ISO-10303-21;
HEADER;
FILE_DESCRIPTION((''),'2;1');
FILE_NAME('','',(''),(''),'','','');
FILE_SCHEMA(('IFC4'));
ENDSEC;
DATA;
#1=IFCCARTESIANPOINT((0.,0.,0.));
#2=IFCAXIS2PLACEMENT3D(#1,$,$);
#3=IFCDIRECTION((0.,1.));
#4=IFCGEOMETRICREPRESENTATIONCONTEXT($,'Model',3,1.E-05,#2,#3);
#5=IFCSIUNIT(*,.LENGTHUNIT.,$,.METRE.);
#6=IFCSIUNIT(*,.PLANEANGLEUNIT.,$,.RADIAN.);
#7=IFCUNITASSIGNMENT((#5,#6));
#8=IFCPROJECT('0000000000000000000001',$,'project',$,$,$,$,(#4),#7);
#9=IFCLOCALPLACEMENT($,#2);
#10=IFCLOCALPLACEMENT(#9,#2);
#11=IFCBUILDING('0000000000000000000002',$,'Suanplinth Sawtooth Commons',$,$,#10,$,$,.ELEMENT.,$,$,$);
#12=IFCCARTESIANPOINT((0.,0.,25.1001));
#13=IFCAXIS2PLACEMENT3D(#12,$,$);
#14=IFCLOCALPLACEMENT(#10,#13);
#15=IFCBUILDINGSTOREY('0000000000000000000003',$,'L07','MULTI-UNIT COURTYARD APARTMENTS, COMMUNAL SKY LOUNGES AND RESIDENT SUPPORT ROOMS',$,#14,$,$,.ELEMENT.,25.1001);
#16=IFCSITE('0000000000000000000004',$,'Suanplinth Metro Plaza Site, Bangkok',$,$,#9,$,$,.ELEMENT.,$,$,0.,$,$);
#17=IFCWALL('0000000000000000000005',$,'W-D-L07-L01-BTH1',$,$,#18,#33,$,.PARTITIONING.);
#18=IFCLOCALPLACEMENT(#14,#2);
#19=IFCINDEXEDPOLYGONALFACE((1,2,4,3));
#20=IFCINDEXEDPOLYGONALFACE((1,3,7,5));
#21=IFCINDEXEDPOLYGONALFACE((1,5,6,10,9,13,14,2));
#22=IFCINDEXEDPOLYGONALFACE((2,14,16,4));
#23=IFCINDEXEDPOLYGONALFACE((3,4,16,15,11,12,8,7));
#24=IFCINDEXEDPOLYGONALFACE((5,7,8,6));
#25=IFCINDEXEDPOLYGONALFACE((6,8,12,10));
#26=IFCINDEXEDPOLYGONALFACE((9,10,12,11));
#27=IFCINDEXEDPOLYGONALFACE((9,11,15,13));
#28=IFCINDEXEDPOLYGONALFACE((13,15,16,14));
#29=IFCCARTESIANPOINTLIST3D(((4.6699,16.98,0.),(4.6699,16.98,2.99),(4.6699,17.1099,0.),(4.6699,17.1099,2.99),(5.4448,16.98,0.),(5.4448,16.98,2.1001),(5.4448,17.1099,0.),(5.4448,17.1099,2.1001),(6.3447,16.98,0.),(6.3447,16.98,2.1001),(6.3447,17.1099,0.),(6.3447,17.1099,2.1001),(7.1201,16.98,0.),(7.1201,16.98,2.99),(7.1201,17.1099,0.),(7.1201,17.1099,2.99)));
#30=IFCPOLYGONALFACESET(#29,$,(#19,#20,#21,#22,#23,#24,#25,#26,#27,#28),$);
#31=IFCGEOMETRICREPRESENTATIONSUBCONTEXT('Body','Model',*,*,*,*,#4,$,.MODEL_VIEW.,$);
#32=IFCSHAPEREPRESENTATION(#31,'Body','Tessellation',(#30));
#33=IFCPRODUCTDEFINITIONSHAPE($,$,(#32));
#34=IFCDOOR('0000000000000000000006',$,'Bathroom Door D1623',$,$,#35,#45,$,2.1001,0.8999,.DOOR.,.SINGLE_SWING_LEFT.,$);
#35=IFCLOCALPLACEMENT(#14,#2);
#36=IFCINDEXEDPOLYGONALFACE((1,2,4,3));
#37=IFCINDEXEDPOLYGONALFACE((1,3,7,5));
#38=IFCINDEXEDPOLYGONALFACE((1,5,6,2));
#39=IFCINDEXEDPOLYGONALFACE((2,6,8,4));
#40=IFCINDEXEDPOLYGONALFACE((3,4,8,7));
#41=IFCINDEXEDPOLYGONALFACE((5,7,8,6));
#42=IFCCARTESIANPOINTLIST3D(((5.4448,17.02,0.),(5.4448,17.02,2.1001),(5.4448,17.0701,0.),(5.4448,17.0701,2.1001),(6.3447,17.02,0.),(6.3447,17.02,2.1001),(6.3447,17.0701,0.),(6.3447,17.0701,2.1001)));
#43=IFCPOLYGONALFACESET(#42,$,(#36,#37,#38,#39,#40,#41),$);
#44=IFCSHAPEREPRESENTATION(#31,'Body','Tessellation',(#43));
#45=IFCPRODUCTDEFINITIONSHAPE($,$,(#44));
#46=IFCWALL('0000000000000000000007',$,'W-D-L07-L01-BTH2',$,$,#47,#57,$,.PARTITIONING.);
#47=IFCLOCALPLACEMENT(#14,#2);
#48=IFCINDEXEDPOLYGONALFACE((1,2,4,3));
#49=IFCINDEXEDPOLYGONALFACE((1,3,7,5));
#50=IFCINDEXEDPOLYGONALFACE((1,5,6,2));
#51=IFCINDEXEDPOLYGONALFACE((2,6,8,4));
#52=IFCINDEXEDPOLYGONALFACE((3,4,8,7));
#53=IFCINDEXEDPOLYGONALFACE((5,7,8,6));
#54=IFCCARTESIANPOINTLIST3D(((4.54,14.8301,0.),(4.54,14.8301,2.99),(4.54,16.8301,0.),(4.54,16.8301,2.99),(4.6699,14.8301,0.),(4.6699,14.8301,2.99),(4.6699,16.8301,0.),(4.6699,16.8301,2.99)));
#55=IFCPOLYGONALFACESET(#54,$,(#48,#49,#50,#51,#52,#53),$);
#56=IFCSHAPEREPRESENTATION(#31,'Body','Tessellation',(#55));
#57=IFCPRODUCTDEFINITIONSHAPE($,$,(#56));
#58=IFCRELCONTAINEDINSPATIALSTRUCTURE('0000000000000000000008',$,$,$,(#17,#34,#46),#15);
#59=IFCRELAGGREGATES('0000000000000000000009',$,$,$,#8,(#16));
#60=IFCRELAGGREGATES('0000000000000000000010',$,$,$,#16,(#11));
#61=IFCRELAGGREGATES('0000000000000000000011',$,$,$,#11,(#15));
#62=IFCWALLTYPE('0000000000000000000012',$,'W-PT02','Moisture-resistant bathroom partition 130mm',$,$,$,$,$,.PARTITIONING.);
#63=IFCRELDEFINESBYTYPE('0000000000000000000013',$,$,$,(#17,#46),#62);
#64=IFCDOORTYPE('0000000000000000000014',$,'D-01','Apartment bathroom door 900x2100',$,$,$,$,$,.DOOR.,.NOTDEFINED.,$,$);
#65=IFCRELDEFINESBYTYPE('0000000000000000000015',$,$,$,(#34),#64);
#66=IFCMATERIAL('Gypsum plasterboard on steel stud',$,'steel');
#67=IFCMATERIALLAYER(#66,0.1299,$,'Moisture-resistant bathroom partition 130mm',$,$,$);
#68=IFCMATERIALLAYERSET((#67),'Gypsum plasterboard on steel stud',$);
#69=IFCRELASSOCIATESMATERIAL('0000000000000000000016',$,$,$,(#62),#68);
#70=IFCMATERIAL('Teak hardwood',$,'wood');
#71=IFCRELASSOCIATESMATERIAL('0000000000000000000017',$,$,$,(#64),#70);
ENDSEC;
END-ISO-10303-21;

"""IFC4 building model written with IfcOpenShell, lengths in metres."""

from ifc_helpers import new_model, si_unit, direction, frame, frame_2d, origin, place, context, subcontext, project, spatial, rectangle, extrude, material, layer, layer_set, type_object, element, fill, save


model = new_model("IFC4")

# Units and contexts
model_context = context("Model", 3, precision=1e-05, world=origin(), true_north=direction((0.0, 1.0)))
body_context = subcontext(model_context, "Body", "Model", "MODEL_VIEW")
ifc_project = project(units=[si_unit("LENGTHUNIT", "METRE"), si_unit("PLANEANGLEUNIT", "RADIAN")], contexts=[model_context])

# Site, building, storey
site_placement = place(None, origin())
site = spatial("IfcSite", under=ifc_project, at=site_placement, Name="Suanplinth Metro Plaza Site, Bangkok", CompositionType="ELEMENT", RefElevation=0.0)
building_placement = place(site_placement, origin())
building = spatial("IfcBuilding", under=site, at=building_placement, Name="Suanplinth Sawtooth Commons", CompositionType="ELEMENT")
storey_placement = place(building_placement, frame((0.0, 0.0, 25.1001)))
storey = spatial("IfcBuildingStorey", under=building, at=storey_placement, Name="L07", Description="MULTI-UNIT COURTYARD APARTMENTS, COMMUNAL SKY LOUNGES AND RESIDENT SUPPORT ROOMS", CompositionType="ELEMENT", Elevation=25.1001)

# Wall, opening, door
ifc_material_1 = material(Name="Teak hardwood", Category="wood")
ifc_material_2 = material(Name="Gypsum plasterboard on steel stud", Category="steel")
ifc_layer_1 = layer(ifc_material_2, 0.1299, Name="Moisture-resistant bathroom partition 130mm")
ifc_layer_set_1 = layer_set([ifc_layer_1], Name="Gypsum plasterboard on steel stud")
wall_type_1 = type_object("IfcWallType", Name="W-PT02", Description="Moisture-resistant bathroom partition 130mm", PredefinedType="PARTITIONING", material=ifc_layer_set_1)
wall_1_placement = place(storey_placement, frame((4.6699, 17.0449, 0.0), z_axis=(0.0, 0.0, 1.0), x_axis=(1.0, 0.0, 0.0)))
wall_1 = element("IfcWall", 1, at=wall_1_placement, inside=storey, type_object=wall_type_1, Name="W-D-L07-L01-BTH1", PredefinedType="PARTITIONING", context=body_context, shape_type="SweptSolid", body=[
    extrude(rectangle(XDim=2.4502, YDim=0.1299, at=frame_2d((1.2251, 0.0))), origin(), (0.0, 0.0, 1.0), 2.99),
])
opening_1_placement = place(wall_1_placement, frame((0.7749, 0.0, 0.0)))
opening_1 = element("IfcOpeningElement", 2, at=opening_1_placement, cuts=wall_1, PredefinedType="OPENING", context=body_context, shape_type="SweptSolid", body=[
    extrude(rectangle(XDim=0.8999, YDim=2.1001, at=frame_2d((0.45, 1.05))), frame((0.0, 0.0798, 0.0), z_axis=(0.0, -1.0, 0.0), x_axis=(1.0, 0.0, 0.0)), (0.0, 0.0, 1.0), 0.1597),
])
door_type_1 = type_object("IfcDoorType", Name="D-01", Description="Apartment bathroom door 900x2100", OperationType="NOTDEFINED", PredefinedType="DOOR", material=ifc_material_1)
door_1_placement = place(opening_1_placement, frame((0.8999, 0.0, 0.0), z_axis=(0.0, 0.0, 1.0), x_axis=(-1.0, 0.0, 0.0)))
door_1 = element("IfcDoor", 3, at=door_1_placement, inside=storey, type_object=door_type_1, Name="Bathroom Door D1623", OperationType="SINGLE_SWING_LEFT", OverallHeight=2.1001, OverallWidth=0.8999, PredefinedType="DOOR", context=body_context, shape_type="SweptSolid", body=[
    extrude(rectangle(XDim=0.8999, YDim=2.1001, at=frame_2d((0.45, 1.05))), frame((0.0, 0.0249, 0.0), z_axis=(0.0, -1.0, 0.0), x_axis=(1.0, 0.0, 0.0)), (0.0, 0.0, 1.0), 0.05),
])
fill(opening_1, door_1)

# Wall
wall_2_placement = place(storey_placement, frame((4.605, 14.8301, 0.0), z_axis=(0.0, 0.0, 1.0), x_axis=(0.0, 1.0, 0.0)))
element("IfcWall", 4, at=wall_2_placement, inside=storey, type_object=wall_type_1, Name="W-D-L07-L01-BTH2", PredefinedType="PARTITIONING", context=body_context, shape_type="SweptSolid", body=[
    extrude(rectangle(XDim=2.0, YDim=0.1299, at=frame_2d((1.0, 0.0))), origin(), (0.0, 0.0, 1.0), 2.99),
])

save(model, "model.ifc")
